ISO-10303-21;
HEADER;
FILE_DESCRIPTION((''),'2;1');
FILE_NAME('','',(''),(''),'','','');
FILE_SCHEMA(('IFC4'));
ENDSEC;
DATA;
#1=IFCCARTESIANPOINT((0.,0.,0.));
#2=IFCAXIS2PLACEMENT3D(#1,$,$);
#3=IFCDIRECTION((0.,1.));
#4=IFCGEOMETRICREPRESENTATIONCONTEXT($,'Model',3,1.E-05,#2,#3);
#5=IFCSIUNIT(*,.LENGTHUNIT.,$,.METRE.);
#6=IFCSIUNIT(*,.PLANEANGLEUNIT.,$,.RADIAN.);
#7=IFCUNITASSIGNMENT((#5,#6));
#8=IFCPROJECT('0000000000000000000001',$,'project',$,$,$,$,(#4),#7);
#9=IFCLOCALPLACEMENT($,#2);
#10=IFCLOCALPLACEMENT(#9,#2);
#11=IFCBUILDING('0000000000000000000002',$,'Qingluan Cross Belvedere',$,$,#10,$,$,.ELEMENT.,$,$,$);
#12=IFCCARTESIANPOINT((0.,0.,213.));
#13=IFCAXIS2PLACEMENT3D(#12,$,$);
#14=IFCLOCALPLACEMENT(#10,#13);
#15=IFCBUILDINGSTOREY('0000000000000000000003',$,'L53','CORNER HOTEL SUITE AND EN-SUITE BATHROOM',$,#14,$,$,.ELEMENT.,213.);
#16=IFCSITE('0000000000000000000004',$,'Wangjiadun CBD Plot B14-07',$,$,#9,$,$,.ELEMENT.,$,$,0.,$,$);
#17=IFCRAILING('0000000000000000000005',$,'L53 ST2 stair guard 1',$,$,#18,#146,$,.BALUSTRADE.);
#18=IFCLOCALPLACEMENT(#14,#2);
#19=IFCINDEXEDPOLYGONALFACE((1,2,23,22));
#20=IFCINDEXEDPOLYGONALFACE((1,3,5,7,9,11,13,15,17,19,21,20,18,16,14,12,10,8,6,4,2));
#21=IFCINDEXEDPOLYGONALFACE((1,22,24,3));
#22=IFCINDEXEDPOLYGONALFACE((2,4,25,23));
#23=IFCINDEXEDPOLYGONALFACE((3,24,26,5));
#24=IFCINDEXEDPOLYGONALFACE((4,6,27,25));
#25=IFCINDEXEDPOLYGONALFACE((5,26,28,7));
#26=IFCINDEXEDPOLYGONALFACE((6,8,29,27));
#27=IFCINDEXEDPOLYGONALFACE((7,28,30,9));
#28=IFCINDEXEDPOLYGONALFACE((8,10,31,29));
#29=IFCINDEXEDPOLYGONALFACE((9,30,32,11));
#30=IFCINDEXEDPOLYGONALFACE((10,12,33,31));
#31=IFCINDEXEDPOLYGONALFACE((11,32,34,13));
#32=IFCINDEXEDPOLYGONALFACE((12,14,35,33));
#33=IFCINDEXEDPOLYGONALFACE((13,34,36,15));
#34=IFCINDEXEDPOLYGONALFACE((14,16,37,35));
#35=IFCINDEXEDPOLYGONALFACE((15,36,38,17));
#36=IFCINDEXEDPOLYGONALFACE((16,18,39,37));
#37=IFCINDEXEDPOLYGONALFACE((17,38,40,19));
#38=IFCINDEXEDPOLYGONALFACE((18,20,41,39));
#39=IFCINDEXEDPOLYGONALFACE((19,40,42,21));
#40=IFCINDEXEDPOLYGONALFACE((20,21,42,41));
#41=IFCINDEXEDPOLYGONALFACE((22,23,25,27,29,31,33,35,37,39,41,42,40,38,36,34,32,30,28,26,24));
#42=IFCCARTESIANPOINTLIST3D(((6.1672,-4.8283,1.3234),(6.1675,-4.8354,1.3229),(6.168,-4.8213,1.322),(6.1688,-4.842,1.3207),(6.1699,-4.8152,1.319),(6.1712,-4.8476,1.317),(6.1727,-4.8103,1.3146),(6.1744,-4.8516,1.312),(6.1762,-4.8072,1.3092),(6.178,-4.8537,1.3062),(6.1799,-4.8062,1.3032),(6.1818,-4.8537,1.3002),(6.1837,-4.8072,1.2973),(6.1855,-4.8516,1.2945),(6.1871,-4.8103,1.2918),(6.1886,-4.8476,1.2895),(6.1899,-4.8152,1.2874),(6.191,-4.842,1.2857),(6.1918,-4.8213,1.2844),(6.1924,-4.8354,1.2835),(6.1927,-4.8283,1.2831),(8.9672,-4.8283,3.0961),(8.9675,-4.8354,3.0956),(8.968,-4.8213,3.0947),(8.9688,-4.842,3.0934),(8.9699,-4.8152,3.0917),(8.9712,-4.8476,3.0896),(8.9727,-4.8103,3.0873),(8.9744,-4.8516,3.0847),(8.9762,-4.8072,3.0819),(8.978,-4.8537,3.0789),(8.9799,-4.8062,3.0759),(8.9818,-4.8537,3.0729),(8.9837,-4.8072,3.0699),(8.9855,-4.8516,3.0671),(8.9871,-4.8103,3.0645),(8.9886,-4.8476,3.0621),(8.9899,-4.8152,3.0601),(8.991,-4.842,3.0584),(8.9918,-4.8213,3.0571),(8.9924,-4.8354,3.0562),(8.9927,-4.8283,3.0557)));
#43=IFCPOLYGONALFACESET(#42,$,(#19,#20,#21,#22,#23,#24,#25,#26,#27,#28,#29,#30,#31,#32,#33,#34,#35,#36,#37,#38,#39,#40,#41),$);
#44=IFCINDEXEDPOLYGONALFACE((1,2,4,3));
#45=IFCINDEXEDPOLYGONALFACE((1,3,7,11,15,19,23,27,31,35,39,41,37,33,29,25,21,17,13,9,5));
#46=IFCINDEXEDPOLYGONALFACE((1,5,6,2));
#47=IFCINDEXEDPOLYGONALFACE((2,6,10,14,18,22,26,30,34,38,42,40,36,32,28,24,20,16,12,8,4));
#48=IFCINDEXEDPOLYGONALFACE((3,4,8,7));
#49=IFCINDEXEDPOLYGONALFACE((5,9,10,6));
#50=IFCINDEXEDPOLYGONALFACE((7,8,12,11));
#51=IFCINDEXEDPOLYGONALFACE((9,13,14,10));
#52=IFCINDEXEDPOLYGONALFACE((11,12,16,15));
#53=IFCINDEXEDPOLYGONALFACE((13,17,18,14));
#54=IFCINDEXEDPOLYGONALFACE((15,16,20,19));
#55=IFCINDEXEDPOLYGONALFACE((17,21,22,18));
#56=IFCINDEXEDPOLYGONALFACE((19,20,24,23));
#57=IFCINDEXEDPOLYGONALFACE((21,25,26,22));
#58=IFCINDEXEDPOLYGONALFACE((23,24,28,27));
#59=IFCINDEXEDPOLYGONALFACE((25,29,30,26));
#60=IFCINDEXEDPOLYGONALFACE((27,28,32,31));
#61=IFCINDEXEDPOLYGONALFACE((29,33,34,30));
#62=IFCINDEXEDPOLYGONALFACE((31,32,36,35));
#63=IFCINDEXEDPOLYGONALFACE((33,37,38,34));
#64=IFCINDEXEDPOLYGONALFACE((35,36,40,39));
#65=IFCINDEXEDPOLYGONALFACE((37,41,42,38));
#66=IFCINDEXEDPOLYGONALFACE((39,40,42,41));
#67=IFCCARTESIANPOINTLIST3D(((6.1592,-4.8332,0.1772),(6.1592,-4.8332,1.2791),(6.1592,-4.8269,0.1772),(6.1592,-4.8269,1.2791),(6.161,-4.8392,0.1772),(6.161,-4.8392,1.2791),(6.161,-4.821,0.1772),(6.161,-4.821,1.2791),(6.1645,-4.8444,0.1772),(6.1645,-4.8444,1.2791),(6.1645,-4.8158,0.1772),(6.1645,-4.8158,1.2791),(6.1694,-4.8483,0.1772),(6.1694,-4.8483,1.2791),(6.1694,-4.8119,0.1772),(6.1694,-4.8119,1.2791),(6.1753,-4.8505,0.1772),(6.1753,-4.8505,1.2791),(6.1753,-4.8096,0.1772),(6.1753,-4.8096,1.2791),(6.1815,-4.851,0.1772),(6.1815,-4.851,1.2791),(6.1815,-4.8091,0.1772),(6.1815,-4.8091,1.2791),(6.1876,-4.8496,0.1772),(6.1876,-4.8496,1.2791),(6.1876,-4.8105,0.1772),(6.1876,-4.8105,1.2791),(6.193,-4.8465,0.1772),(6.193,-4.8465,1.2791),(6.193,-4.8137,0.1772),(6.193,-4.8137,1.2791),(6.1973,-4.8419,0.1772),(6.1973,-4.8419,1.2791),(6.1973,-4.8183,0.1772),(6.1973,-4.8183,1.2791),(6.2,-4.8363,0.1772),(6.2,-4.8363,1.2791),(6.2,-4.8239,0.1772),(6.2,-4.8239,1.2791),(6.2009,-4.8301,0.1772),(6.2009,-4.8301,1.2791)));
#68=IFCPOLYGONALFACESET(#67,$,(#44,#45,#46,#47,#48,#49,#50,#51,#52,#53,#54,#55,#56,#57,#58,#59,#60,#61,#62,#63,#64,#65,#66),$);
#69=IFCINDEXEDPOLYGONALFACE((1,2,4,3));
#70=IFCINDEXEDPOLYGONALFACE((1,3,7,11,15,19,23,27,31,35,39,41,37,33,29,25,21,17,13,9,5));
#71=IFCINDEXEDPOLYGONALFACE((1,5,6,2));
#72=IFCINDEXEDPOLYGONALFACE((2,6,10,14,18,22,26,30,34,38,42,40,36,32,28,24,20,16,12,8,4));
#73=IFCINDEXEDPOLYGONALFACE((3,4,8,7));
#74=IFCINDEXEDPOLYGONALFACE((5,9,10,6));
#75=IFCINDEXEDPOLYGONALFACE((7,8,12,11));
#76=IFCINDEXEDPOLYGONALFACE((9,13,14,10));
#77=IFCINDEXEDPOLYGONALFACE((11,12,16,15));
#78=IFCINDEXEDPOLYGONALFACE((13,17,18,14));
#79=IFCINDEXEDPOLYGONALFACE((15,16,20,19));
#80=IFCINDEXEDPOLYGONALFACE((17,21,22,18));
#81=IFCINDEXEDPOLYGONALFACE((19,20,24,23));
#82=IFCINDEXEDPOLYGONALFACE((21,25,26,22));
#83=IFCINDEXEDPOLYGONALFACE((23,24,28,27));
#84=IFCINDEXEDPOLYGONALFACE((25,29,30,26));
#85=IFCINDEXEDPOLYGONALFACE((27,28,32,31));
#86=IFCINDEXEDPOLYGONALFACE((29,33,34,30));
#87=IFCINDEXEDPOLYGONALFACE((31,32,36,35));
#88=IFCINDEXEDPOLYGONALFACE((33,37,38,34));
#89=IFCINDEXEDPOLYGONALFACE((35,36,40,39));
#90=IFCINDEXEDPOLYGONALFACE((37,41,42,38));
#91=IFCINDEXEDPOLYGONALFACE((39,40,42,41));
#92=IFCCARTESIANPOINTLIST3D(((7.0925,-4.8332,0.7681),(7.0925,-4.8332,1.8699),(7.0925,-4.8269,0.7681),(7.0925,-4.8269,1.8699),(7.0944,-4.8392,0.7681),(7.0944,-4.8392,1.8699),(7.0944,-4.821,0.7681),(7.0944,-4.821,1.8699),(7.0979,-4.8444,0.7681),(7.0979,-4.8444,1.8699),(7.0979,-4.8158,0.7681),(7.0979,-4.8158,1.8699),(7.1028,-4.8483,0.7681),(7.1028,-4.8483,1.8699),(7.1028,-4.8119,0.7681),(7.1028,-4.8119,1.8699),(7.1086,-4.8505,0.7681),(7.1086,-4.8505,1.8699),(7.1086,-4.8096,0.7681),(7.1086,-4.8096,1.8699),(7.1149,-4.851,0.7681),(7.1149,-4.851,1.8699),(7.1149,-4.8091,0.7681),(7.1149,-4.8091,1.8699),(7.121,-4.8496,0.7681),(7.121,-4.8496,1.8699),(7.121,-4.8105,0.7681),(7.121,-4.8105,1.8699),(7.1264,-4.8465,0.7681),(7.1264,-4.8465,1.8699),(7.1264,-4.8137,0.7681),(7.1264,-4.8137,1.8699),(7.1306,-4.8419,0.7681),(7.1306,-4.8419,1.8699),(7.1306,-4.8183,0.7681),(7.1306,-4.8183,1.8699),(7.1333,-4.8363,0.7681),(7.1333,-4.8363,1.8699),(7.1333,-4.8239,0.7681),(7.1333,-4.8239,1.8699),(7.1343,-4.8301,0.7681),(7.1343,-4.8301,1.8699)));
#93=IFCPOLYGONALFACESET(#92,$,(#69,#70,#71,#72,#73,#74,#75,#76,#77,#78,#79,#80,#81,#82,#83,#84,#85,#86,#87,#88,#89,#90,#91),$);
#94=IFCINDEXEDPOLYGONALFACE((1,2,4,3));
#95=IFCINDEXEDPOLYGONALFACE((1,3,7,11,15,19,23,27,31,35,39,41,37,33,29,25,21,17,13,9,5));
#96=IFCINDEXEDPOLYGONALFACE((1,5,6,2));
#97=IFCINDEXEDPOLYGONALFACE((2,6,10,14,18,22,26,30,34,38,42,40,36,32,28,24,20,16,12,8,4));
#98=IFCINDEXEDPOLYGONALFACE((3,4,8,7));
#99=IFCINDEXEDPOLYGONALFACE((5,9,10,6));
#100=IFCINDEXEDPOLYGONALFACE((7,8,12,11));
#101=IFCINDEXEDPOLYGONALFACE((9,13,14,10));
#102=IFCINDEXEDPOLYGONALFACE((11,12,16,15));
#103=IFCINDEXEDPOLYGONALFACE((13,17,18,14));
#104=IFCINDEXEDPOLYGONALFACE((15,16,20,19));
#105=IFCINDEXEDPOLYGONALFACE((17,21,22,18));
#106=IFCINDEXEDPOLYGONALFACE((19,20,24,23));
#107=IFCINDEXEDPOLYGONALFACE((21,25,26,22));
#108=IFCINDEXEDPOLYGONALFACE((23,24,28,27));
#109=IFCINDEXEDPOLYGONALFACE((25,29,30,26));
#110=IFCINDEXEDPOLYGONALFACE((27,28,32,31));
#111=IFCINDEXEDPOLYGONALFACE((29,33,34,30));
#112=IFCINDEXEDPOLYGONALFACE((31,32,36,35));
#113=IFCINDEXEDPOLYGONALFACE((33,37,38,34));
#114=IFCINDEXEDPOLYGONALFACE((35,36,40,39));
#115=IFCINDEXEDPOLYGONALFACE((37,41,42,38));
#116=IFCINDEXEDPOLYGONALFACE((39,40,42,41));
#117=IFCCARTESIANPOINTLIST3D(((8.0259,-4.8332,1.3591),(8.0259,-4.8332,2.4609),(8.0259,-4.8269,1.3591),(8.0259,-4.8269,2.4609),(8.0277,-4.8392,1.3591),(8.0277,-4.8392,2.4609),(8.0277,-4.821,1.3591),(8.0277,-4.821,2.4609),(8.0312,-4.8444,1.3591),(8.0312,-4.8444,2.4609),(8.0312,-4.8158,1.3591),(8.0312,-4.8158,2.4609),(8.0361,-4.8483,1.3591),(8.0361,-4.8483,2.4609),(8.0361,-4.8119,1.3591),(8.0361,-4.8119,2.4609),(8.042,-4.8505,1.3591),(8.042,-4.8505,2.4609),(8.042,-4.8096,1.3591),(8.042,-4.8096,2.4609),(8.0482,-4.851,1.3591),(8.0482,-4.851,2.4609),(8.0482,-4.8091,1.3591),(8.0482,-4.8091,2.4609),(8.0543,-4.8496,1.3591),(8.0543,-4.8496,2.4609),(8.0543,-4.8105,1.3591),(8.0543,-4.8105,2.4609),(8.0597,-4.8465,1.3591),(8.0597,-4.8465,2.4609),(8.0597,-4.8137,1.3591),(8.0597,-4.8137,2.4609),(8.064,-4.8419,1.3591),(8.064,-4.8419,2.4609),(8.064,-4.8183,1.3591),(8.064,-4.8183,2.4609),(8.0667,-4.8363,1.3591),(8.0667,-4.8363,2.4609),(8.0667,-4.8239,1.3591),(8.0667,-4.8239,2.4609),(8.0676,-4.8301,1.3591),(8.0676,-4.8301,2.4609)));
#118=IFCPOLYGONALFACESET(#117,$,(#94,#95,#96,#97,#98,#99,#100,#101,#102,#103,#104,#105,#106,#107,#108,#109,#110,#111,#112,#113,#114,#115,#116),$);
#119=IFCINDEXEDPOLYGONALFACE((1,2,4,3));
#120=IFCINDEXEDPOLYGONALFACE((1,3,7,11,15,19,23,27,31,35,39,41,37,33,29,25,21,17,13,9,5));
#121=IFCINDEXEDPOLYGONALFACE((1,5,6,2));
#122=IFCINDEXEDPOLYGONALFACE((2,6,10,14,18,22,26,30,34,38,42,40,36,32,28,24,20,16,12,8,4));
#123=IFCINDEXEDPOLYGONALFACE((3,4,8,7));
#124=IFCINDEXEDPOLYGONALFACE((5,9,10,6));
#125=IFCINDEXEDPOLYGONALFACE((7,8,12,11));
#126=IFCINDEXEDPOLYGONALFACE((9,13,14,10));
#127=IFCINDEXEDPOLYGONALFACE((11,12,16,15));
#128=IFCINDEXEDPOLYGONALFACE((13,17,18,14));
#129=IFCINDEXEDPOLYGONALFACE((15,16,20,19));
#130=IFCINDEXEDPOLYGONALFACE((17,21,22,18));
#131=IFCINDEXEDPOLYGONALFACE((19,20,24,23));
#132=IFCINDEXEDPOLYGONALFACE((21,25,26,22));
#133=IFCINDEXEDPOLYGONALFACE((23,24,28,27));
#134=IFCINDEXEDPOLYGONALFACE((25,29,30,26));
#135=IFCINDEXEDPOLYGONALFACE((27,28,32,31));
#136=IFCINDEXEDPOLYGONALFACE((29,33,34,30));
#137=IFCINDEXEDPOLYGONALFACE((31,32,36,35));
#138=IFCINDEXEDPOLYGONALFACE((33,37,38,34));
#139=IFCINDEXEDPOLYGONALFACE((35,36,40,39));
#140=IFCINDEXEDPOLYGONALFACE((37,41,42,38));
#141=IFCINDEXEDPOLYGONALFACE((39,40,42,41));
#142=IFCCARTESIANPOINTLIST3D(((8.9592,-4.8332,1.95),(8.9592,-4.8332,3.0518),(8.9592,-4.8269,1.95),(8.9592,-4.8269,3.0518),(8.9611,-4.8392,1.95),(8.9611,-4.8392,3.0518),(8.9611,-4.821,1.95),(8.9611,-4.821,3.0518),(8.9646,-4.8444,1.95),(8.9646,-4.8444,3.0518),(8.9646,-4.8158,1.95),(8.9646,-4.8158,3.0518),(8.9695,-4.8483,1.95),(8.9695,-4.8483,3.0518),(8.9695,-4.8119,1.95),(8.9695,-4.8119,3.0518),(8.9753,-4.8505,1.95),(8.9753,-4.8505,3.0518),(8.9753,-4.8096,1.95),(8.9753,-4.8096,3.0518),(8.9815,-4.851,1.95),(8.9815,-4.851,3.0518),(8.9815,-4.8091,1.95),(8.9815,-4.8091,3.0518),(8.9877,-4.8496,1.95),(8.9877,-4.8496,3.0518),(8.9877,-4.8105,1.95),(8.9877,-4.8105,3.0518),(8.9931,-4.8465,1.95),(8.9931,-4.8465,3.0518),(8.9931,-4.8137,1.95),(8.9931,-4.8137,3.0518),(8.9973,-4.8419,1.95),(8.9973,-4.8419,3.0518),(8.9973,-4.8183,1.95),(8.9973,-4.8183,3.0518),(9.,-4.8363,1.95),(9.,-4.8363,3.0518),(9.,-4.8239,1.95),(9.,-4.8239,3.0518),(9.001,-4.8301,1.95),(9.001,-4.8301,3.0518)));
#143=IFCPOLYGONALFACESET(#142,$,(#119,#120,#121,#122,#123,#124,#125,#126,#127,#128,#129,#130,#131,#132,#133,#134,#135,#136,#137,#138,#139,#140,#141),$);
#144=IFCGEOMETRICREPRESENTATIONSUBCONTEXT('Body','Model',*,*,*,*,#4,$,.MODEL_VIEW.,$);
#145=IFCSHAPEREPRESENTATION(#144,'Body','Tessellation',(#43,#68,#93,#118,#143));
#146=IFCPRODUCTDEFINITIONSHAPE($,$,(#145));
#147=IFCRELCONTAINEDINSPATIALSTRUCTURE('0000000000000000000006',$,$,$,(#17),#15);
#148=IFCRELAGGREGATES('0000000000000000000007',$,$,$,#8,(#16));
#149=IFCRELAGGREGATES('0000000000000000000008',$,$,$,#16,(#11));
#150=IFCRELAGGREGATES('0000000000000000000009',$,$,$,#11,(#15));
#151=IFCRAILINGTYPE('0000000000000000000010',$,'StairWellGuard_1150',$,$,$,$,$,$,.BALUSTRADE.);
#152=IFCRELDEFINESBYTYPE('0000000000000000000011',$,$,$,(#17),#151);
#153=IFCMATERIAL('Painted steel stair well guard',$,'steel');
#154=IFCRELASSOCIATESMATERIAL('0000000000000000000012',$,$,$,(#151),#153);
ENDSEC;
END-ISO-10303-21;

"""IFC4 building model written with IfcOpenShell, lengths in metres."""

from ifc_helpers import new_model, si_unit, direction, frame, origin, origin_2d, place, context, subcontext, project, spatial, circle, extrude, material, type_object, element, save


model = new_model("IFC4")

# Units and contexts
model_context = context("Model", 3, precision=1e-05, world=origin(), true_north=direction((0.0, 1.0)))
body_context = subcontext(model_context, "Body", "Model", "MODEL_VIEW")
ifc_project = project(units=[si_unit("LENGTHUNIT", "METRE"), si_unit("PLANEANGLEUNIT", "RADIAN")], contexts=[model_context])

# Site, building, storey
site_placement = place(None, origin())
site = spatial("IfcSite", under=ifc_project, at=site_placement, Name="Wangjiadun CBD Plot B14-07", CompositionType="ELEMENT", RefElevation=0.0)
building_placement = place(site_placement, origin())
building = spatial("IfcBuilding", under=site, at=building_placement, Name="Qingluan Cross Belvedere", CompositionType="ELEMENT")
storey_placement = place(building_placement, frame((0.0, 0.0, 213.0)))
storey = spatial("IfcBuildingStorey", under=building, at=storey_placement, Name="L53", Description="CORNER HOTEL SUITE AND EN-SUITE BATHROOM", CompositionType="ELEMENT", Elevation=213.0)

# Railing
ifc_material_1 = material(Name="Painted steel stair well guard", Category="steel")
railing_type_1 = type_object("IfcRailingType", Name="StairWellGuard_1150", PredefinedType="BALUSTRADE", material=ifc_material_1)
railing_1_placement = place(storey_placement, frame((6.1799, -4.8301, 0.1772)))
element("IfcRailing", 1, at=railing_1_placement, inside=storey, type_object=railing_type_1, Name="L53 ST2 stair guard 1", PredefinedType="BALUSTRADE", context=body_context, shape_type="SweptSolid", body=[
    extrude(circle(Radius=0.0239, at=origin_2d()), frame((0.0, 0.0, 1.126), z_axis=(0.844909, 0.0, 0.53491), x_axis=(0.0, 1.0, 0.0)), (0.0, 0.0, 1.0), 3.314),
    extrude(circle(Radius=0.021, at=origin_2d()), origin(), (0.0, 0.0, 1.0), 1.1018),
    extrude(circle(Radius=0.021, at=origin_2d()), frame((0.9333, 0.0, 0.5908)), (0.0, 0.0, 1.0), 1.1018),
    extrude(circle(Radius=0.021, at=origin_2d()), frame((1.8667, 0.0, 1.1819)), (0.0, 0.0, 1.0), 1.1018),
    extrude(circle(Radius=0.021, at=origin_2d()), frame((2.8, 0.0, 1.7727)), (0.0, 0.0, 1.0), 1.1018),
])

save(model, "model.ifc")
